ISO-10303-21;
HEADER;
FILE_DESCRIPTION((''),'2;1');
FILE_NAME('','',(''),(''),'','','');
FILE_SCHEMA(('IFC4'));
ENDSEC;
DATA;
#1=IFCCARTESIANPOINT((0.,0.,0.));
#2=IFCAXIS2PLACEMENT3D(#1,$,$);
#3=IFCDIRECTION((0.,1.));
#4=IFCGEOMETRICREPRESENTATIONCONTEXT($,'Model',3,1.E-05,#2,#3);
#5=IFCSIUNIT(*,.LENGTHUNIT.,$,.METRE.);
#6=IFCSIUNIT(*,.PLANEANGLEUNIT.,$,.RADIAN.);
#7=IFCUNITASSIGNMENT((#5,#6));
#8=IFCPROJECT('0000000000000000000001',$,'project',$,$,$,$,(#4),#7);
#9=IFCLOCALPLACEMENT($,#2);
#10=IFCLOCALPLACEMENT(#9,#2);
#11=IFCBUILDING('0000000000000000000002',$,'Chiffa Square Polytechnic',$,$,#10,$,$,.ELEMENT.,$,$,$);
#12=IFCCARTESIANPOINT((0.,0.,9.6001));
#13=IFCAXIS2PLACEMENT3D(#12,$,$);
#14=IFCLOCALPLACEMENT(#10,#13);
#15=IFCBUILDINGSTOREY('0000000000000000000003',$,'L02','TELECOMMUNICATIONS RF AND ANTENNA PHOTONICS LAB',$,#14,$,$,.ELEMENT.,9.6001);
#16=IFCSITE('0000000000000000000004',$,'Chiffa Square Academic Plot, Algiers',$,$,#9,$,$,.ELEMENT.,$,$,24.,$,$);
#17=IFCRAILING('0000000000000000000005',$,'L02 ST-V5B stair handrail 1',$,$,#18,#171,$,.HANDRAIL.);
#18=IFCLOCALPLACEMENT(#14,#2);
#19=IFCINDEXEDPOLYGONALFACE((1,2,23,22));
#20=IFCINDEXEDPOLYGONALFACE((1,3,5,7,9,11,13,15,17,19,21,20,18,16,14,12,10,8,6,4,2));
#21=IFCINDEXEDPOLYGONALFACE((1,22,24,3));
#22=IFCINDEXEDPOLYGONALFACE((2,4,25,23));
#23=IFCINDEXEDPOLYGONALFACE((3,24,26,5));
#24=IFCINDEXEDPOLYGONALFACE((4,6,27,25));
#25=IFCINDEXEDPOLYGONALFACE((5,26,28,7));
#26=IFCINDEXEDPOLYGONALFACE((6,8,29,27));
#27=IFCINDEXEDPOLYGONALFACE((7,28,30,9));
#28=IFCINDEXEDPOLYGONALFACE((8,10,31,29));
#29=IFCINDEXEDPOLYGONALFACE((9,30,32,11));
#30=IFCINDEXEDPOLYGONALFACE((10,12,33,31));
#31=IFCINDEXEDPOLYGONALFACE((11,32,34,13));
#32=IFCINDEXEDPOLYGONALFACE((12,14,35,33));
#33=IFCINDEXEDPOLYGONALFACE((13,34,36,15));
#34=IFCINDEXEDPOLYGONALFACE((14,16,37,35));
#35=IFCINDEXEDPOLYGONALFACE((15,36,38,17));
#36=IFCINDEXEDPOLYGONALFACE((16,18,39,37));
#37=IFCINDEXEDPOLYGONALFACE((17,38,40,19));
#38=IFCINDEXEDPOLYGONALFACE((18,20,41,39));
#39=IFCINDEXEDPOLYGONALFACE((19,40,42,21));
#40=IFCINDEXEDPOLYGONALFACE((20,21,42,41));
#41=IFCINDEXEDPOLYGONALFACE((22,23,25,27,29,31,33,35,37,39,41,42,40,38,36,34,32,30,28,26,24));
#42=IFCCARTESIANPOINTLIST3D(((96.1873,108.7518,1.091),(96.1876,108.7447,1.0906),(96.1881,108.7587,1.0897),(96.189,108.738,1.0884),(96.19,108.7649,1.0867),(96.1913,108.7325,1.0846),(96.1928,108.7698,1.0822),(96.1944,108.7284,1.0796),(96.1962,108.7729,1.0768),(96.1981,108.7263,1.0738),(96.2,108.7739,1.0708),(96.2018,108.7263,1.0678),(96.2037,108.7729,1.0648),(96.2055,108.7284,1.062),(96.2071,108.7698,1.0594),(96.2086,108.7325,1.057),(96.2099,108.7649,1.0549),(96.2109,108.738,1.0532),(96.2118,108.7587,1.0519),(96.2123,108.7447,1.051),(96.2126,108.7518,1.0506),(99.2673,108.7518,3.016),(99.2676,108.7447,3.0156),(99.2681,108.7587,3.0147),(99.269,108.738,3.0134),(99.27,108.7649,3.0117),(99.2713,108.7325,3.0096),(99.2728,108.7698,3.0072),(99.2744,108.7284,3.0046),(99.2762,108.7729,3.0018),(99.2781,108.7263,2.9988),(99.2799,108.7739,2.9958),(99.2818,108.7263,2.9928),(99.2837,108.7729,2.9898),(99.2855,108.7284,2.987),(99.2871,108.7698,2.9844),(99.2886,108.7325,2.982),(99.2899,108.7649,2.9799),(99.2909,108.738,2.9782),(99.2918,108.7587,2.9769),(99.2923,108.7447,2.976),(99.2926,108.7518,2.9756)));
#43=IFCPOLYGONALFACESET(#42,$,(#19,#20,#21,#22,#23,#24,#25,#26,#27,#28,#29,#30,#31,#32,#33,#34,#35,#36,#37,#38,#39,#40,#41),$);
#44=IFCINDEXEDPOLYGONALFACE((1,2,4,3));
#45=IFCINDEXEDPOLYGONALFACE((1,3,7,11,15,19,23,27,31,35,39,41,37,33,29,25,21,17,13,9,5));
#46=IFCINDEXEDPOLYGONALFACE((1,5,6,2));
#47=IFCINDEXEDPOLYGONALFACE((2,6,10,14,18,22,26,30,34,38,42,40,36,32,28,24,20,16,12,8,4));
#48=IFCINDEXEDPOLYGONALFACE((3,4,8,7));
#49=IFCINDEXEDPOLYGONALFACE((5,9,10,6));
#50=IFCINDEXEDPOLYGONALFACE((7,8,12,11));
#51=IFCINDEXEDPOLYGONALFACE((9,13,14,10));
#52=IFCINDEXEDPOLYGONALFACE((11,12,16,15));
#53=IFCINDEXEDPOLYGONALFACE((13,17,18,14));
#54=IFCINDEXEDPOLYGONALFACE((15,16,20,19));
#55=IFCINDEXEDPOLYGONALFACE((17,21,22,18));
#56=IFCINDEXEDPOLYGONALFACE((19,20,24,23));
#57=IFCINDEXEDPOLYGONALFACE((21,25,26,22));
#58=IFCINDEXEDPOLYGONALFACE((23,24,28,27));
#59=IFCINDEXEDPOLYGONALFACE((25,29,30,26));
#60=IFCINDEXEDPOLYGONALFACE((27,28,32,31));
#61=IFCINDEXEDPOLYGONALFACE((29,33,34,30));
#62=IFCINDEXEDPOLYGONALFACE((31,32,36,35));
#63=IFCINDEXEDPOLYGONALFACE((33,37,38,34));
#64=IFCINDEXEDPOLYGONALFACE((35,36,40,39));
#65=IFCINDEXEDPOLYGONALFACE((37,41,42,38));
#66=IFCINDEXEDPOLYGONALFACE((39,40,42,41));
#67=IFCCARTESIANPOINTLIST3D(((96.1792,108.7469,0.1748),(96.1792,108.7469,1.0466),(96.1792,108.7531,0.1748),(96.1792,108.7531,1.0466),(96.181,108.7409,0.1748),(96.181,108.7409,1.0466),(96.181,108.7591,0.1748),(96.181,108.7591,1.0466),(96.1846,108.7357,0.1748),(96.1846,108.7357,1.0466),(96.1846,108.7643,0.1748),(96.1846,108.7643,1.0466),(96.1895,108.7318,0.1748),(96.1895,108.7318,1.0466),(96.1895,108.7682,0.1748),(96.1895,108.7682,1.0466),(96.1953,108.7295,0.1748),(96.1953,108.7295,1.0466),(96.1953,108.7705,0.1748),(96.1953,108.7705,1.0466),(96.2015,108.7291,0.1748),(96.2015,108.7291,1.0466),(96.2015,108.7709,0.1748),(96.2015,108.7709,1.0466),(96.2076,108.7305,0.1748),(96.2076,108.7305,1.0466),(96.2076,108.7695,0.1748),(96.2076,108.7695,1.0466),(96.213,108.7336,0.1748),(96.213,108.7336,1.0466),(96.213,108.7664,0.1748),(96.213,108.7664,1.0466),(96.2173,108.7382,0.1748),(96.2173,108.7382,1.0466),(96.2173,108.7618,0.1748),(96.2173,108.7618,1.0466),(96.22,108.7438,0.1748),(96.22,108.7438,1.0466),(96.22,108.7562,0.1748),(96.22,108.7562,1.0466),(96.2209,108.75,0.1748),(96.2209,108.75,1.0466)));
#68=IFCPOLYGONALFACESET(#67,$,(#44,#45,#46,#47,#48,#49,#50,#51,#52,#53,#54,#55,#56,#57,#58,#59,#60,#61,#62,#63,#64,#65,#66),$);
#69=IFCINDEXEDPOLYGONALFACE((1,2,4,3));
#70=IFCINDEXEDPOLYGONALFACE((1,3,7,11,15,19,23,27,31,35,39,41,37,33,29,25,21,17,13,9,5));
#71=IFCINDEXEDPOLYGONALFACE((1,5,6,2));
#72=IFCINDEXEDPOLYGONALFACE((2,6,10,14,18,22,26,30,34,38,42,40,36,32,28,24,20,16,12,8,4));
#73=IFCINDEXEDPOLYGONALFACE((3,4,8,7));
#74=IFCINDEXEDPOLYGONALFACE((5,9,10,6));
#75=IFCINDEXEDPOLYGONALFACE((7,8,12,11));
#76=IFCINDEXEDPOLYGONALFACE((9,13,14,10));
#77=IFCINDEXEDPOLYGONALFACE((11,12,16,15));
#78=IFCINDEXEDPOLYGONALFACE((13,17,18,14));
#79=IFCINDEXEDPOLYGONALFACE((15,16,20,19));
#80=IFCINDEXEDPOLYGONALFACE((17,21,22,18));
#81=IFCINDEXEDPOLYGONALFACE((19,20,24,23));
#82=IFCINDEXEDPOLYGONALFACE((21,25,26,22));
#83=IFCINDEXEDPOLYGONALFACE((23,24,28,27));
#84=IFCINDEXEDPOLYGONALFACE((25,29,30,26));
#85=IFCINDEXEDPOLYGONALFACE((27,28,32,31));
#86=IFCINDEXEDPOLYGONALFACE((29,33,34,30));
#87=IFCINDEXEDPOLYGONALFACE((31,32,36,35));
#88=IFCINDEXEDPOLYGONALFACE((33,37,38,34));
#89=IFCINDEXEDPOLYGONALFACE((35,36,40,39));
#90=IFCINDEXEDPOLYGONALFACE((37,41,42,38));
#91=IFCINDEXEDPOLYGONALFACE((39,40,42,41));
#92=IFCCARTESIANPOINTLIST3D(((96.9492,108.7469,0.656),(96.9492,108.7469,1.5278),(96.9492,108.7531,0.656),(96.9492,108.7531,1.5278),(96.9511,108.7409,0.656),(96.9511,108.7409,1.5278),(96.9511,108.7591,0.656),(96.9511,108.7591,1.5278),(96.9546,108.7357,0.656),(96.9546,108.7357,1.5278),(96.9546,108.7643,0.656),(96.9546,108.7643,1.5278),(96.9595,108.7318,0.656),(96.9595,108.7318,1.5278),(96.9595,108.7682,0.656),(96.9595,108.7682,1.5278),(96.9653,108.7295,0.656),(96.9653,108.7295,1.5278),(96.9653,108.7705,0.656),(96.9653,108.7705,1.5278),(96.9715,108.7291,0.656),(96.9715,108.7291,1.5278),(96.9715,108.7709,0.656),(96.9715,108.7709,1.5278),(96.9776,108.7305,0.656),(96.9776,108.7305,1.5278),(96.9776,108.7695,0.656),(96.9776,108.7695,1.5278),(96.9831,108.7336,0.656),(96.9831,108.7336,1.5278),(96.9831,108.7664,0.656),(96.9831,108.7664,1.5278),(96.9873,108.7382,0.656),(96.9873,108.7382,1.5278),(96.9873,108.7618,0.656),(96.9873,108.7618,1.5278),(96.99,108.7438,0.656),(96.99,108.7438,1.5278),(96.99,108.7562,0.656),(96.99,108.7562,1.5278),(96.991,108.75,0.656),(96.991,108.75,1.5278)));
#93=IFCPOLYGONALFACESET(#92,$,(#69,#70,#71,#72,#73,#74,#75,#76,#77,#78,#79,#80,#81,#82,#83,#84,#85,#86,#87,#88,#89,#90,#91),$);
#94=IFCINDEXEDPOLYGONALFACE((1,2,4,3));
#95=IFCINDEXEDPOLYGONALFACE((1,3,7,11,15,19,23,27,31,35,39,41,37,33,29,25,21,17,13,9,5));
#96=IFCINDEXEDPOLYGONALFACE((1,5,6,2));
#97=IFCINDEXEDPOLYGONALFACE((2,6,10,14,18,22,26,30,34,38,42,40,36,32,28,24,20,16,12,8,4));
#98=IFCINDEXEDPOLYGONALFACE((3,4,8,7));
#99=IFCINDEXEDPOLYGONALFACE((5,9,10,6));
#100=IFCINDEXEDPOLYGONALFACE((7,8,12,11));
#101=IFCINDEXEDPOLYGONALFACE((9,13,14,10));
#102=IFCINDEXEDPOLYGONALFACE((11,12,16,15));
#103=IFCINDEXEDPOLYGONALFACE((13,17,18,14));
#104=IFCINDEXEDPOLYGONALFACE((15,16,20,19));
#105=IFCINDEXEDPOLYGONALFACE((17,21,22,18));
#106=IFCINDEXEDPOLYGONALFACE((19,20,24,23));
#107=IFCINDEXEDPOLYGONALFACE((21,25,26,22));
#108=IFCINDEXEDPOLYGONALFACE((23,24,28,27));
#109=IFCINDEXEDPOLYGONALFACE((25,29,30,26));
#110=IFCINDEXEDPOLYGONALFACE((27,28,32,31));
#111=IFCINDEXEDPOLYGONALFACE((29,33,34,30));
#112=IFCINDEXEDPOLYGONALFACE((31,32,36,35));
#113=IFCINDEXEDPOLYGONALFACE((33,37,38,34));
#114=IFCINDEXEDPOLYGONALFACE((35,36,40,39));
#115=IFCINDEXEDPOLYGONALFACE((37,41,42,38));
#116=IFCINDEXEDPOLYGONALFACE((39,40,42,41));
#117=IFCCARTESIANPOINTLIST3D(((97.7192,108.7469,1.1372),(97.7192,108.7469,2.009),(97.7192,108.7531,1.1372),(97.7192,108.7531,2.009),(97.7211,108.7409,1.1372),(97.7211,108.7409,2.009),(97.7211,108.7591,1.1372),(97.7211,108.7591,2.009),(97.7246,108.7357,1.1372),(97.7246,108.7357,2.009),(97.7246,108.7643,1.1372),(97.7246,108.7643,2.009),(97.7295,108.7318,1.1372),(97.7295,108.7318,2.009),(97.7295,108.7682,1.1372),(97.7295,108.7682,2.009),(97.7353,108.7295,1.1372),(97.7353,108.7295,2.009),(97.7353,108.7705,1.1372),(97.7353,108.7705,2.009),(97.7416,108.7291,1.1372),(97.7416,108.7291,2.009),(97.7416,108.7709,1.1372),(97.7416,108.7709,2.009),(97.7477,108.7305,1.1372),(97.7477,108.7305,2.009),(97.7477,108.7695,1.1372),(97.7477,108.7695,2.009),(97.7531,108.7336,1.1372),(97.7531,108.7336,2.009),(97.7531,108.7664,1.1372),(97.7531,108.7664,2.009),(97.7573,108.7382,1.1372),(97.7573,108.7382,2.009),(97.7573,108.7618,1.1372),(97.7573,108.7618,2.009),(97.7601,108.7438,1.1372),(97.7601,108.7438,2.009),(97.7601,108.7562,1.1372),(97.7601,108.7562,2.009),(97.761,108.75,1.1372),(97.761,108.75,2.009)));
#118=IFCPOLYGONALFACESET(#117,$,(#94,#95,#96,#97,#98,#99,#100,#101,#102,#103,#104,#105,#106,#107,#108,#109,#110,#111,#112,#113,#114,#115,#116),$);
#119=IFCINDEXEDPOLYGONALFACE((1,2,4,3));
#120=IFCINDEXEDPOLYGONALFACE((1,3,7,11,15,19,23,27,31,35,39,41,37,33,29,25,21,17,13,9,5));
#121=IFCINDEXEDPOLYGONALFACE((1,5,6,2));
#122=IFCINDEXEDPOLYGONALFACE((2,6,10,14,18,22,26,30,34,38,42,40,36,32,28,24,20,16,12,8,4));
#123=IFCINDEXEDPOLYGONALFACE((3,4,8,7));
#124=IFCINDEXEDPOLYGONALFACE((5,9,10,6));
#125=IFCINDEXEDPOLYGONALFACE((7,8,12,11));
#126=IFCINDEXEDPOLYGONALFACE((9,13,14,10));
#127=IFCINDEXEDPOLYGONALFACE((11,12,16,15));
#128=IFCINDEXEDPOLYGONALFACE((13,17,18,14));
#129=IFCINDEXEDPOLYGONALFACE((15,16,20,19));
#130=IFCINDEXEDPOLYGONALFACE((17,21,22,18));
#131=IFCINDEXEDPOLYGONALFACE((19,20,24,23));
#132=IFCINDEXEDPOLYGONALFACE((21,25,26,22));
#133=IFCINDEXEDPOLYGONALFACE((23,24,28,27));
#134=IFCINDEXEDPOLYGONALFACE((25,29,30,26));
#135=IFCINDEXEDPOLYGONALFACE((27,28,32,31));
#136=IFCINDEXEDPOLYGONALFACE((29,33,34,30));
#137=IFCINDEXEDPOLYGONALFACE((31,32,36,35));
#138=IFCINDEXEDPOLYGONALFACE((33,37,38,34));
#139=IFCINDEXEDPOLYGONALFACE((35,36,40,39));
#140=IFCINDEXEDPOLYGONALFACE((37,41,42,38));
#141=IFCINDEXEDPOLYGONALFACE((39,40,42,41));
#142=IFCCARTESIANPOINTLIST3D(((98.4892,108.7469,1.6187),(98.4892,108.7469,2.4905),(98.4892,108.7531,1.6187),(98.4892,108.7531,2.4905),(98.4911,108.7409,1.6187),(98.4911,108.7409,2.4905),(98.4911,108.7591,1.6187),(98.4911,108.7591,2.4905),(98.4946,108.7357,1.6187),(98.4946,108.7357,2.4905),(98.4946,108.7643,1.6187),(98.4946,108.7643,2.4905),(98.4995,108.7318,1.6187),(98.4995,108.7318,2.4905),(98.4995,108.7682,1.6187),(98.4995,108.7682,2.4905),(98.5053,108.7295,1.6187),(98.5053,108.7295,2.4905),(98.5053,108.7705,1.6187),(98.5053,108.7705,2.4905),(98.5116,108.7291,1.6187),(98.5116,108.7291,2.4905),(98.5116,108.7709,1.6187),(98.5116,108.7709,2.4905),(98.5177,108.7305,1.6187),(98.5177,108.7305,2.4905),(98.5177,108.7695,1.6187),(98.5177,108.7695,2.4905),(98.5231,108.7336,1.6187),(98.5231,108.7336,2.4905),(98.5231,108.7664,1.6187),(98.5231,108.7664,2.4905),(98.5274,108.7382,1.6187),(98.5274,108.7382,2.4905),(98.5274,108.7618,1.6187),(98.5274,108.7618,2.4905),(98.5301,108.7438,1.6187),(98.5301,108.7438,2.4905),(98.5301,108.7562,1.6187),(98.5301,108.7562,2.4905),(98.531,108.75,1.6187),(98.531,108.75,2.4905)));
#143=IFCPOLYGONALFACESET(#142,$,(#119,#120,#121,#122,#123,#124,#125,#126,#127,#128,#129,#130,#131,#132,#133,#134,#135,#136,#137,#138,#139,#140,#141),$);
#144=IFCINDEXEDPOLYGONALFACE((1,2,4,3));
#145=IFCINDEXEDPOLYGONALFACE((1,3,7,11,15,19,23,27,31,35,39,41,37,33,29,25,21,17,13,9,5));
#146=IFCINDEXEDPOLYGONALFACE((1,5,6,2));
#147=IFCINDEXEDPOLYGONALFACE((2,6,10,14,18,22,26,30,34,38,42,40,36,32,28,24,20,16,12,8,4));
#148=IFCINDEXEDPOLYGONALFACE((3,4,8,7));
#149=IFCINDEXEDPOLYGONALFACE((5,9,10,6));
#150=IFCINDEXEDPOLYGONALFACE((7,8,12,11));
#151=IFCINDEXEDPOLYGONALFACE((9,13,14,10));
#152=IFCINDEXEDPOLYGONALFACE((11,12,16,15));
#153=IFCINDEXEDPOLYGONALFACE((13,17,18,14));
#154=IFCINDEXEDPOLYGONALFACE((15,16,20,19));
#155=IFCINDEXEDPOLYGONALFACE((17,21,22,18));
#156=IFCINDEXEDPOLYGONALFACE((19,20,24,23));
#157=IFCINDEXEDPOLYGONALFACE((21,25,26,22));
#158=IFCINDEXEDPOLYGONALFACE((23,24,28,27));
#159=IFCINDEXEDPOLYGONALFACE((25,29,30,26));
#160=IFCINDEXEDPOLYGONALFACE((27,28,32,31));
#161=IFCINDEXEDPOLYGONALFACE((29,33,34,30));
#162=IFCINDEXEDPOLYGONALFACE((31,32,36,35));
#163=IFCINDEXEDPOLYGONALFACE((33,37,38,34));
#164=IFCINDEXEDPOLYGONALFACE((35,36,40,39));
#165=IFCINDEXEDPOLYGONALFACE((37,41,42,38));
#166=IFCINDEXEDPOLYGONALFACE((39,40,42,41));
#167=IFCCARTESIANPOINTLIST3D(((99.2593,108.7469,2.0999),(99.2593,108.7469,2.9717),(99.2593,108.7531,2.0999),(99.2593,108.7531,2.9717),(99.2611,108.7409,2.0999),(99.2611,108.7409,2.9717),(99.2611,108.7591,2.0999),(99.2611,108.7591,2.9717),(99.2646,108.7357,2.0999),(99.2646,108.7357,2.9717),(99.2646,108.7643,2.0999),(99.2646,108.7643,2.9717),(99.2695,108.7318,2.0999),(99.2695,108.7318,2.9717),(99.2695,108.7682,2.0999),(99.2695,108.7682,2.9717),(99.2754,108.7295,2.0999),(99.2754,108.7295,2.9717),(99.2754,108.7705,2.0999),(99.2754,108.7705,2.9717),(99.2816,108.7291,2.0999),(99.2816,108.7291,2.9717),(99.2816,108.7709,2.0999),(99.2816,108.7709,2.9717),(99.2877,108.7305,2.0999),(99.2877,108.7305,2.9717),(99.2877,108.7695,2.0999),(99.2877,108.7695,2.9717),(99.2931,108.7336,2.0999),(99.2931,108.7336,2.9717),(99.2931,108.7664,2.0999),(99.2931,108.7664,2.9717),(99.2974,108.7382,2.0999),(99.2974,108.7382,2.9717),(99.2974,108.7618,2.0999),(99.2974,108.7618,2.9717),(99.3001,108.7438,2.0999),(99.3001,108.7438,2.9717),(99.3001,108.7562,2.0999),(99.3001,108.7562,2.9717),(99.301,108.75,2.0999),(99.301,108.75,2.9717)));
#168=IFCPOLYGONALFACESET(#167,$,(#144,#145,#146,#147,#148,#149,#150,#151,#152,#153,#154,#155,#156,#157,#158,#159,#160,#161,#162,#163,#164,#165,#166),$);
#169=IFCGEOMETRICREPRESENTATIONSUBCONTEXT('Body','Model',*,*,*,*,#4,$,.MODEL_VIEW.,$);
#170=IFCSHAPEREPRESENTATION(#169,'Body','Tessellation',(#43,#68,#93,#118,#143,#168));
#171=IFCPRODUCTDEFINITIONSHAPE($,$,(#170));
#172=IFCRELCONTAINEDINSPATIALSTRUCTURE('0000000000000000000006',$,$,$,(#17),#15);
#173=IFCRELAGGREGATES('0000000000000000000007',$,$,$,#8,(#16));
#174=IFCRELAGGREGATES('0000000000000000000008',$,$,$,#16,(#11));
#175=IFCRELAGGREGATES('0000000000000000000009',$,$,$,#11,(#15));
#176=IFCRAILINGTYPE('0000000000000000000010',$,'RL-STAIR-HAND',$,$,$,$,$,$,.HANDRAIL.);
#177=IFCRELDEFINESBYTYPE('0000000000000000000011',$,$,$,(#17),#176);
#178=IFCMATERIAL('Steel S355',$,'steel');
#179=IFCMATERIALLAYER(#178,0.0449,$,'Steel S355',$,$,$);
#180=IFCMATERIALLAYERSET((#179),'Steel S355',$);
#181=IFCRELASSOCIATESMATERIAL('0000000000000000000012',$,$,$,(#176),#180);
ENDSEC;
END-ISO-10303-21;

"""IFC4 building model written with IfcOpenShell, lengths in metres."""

from ifc_helpers import new_model, si_unit, direction, frame, origin, origin_2d, place, context, subcontext, project, spatial, circle, extrude, material, layer, layer_set, type_object, element, save


model = new_model("IFC4")

# Units and contexts
model_context = context("Model", 3, precision=1e-05, world=origin(), true_north=direction((0.0, 1.0)))
body_context = subcontext(model_context, "Body", "Model", "MODEL_VIEW")
ifc_project = project(units=[si_unit("LENGTHUNIT", "METRE"), si_unit("PLANEANGLEUNIT", "RADIAN")], contexts=[model_context])

# Site, building, storey
site_placement = place(None, origin())
site = spatial("IfcSite", under=ifc_project, at=site_placement, Name="Chiffa Square Academic Plot, Algiers", CompositionType="ELEMENT", RefElevation=24.0)
building_placement = place(site_placement, origin())
building = spatial("IfcBuilding", under=site, at=building_placement, Name="Chiffa Square Polytechnic", CompositionType="ELEMENT")
storey_placement = place(building_placement, frame((0.0, 0.0, 9.6001)))
storey = spatial("IfcBuildingStorey", under=building, at=storey_placement, Name="L02", Description="TELECOMMUNICATIONS RF AND ANTENNA PHOTONICS LAB", CompositionType="ELEMENT", Elevation=9.6001)

# Railing
ifc_material_1 = material(Name="Steel S355", Category="steel")
ifc_layer_1 = layer(ifc_material_1, 0.0449, Name="Steel S355")
ifc_layer_set_1 = layer_set([ifc_layer_1], Name="Steel S355")
railing_type_1 = type_object("IfcRailingType", Name="RL-STAIR-HAND", PredefinedType="HANDRAIL", material=ifc_layer_set_1)
railing_1_placement = place(storey_placement, frame((96.2, 108.75, 0.1748)))
element("IfcRailing", 1, at=railing_1_placement, inside=storey, type_object=railing_type_1, Name="L02 ST-V5B stair handrail 1", PredefinedType="HANDRAIL", context=body_context, shape_type="SweptSolid", body=[
    extrude(circle(Radius=0.0239, at=origin_2d()), frame((0.0, 0.0, 0.896), z_axis=(0.847998, 0.0, 0.529999), x_axis=(0.0, 1.0, 0.0)), (0.0, 0.0, 1.0), 3.6321),
    extrude(circle(Radius=0.021, at=origin_2d()), origin(), (0.0, 0.0, 1.0), 0.8718),
    extrude(circle(Radius=0.021, at=origin_2d()), frame((0.77, 0.0, 0.4812)), (0.0, 0.0, 1.0), 0.8718),
    extrude(circle(Radius=0.021, at=origin_2d()), frame((1.54, 0.0, 0.9624)), (0.0, 0.0, 1.0), 0.8718),
    extrude(circle(Radius=0.021, at=origin_2d()), frame((2.3101, 0.0, 1.4438)), (0.0, 0.0, 1.0), 0.8718),
    extrude(circle(Radius=0.021, at=origin_2d()), frame((3.0801, 0.0, 1.925)), (0.0, 0.0, 1.0), 0.8718),
])

save(model, "model.ifc")
